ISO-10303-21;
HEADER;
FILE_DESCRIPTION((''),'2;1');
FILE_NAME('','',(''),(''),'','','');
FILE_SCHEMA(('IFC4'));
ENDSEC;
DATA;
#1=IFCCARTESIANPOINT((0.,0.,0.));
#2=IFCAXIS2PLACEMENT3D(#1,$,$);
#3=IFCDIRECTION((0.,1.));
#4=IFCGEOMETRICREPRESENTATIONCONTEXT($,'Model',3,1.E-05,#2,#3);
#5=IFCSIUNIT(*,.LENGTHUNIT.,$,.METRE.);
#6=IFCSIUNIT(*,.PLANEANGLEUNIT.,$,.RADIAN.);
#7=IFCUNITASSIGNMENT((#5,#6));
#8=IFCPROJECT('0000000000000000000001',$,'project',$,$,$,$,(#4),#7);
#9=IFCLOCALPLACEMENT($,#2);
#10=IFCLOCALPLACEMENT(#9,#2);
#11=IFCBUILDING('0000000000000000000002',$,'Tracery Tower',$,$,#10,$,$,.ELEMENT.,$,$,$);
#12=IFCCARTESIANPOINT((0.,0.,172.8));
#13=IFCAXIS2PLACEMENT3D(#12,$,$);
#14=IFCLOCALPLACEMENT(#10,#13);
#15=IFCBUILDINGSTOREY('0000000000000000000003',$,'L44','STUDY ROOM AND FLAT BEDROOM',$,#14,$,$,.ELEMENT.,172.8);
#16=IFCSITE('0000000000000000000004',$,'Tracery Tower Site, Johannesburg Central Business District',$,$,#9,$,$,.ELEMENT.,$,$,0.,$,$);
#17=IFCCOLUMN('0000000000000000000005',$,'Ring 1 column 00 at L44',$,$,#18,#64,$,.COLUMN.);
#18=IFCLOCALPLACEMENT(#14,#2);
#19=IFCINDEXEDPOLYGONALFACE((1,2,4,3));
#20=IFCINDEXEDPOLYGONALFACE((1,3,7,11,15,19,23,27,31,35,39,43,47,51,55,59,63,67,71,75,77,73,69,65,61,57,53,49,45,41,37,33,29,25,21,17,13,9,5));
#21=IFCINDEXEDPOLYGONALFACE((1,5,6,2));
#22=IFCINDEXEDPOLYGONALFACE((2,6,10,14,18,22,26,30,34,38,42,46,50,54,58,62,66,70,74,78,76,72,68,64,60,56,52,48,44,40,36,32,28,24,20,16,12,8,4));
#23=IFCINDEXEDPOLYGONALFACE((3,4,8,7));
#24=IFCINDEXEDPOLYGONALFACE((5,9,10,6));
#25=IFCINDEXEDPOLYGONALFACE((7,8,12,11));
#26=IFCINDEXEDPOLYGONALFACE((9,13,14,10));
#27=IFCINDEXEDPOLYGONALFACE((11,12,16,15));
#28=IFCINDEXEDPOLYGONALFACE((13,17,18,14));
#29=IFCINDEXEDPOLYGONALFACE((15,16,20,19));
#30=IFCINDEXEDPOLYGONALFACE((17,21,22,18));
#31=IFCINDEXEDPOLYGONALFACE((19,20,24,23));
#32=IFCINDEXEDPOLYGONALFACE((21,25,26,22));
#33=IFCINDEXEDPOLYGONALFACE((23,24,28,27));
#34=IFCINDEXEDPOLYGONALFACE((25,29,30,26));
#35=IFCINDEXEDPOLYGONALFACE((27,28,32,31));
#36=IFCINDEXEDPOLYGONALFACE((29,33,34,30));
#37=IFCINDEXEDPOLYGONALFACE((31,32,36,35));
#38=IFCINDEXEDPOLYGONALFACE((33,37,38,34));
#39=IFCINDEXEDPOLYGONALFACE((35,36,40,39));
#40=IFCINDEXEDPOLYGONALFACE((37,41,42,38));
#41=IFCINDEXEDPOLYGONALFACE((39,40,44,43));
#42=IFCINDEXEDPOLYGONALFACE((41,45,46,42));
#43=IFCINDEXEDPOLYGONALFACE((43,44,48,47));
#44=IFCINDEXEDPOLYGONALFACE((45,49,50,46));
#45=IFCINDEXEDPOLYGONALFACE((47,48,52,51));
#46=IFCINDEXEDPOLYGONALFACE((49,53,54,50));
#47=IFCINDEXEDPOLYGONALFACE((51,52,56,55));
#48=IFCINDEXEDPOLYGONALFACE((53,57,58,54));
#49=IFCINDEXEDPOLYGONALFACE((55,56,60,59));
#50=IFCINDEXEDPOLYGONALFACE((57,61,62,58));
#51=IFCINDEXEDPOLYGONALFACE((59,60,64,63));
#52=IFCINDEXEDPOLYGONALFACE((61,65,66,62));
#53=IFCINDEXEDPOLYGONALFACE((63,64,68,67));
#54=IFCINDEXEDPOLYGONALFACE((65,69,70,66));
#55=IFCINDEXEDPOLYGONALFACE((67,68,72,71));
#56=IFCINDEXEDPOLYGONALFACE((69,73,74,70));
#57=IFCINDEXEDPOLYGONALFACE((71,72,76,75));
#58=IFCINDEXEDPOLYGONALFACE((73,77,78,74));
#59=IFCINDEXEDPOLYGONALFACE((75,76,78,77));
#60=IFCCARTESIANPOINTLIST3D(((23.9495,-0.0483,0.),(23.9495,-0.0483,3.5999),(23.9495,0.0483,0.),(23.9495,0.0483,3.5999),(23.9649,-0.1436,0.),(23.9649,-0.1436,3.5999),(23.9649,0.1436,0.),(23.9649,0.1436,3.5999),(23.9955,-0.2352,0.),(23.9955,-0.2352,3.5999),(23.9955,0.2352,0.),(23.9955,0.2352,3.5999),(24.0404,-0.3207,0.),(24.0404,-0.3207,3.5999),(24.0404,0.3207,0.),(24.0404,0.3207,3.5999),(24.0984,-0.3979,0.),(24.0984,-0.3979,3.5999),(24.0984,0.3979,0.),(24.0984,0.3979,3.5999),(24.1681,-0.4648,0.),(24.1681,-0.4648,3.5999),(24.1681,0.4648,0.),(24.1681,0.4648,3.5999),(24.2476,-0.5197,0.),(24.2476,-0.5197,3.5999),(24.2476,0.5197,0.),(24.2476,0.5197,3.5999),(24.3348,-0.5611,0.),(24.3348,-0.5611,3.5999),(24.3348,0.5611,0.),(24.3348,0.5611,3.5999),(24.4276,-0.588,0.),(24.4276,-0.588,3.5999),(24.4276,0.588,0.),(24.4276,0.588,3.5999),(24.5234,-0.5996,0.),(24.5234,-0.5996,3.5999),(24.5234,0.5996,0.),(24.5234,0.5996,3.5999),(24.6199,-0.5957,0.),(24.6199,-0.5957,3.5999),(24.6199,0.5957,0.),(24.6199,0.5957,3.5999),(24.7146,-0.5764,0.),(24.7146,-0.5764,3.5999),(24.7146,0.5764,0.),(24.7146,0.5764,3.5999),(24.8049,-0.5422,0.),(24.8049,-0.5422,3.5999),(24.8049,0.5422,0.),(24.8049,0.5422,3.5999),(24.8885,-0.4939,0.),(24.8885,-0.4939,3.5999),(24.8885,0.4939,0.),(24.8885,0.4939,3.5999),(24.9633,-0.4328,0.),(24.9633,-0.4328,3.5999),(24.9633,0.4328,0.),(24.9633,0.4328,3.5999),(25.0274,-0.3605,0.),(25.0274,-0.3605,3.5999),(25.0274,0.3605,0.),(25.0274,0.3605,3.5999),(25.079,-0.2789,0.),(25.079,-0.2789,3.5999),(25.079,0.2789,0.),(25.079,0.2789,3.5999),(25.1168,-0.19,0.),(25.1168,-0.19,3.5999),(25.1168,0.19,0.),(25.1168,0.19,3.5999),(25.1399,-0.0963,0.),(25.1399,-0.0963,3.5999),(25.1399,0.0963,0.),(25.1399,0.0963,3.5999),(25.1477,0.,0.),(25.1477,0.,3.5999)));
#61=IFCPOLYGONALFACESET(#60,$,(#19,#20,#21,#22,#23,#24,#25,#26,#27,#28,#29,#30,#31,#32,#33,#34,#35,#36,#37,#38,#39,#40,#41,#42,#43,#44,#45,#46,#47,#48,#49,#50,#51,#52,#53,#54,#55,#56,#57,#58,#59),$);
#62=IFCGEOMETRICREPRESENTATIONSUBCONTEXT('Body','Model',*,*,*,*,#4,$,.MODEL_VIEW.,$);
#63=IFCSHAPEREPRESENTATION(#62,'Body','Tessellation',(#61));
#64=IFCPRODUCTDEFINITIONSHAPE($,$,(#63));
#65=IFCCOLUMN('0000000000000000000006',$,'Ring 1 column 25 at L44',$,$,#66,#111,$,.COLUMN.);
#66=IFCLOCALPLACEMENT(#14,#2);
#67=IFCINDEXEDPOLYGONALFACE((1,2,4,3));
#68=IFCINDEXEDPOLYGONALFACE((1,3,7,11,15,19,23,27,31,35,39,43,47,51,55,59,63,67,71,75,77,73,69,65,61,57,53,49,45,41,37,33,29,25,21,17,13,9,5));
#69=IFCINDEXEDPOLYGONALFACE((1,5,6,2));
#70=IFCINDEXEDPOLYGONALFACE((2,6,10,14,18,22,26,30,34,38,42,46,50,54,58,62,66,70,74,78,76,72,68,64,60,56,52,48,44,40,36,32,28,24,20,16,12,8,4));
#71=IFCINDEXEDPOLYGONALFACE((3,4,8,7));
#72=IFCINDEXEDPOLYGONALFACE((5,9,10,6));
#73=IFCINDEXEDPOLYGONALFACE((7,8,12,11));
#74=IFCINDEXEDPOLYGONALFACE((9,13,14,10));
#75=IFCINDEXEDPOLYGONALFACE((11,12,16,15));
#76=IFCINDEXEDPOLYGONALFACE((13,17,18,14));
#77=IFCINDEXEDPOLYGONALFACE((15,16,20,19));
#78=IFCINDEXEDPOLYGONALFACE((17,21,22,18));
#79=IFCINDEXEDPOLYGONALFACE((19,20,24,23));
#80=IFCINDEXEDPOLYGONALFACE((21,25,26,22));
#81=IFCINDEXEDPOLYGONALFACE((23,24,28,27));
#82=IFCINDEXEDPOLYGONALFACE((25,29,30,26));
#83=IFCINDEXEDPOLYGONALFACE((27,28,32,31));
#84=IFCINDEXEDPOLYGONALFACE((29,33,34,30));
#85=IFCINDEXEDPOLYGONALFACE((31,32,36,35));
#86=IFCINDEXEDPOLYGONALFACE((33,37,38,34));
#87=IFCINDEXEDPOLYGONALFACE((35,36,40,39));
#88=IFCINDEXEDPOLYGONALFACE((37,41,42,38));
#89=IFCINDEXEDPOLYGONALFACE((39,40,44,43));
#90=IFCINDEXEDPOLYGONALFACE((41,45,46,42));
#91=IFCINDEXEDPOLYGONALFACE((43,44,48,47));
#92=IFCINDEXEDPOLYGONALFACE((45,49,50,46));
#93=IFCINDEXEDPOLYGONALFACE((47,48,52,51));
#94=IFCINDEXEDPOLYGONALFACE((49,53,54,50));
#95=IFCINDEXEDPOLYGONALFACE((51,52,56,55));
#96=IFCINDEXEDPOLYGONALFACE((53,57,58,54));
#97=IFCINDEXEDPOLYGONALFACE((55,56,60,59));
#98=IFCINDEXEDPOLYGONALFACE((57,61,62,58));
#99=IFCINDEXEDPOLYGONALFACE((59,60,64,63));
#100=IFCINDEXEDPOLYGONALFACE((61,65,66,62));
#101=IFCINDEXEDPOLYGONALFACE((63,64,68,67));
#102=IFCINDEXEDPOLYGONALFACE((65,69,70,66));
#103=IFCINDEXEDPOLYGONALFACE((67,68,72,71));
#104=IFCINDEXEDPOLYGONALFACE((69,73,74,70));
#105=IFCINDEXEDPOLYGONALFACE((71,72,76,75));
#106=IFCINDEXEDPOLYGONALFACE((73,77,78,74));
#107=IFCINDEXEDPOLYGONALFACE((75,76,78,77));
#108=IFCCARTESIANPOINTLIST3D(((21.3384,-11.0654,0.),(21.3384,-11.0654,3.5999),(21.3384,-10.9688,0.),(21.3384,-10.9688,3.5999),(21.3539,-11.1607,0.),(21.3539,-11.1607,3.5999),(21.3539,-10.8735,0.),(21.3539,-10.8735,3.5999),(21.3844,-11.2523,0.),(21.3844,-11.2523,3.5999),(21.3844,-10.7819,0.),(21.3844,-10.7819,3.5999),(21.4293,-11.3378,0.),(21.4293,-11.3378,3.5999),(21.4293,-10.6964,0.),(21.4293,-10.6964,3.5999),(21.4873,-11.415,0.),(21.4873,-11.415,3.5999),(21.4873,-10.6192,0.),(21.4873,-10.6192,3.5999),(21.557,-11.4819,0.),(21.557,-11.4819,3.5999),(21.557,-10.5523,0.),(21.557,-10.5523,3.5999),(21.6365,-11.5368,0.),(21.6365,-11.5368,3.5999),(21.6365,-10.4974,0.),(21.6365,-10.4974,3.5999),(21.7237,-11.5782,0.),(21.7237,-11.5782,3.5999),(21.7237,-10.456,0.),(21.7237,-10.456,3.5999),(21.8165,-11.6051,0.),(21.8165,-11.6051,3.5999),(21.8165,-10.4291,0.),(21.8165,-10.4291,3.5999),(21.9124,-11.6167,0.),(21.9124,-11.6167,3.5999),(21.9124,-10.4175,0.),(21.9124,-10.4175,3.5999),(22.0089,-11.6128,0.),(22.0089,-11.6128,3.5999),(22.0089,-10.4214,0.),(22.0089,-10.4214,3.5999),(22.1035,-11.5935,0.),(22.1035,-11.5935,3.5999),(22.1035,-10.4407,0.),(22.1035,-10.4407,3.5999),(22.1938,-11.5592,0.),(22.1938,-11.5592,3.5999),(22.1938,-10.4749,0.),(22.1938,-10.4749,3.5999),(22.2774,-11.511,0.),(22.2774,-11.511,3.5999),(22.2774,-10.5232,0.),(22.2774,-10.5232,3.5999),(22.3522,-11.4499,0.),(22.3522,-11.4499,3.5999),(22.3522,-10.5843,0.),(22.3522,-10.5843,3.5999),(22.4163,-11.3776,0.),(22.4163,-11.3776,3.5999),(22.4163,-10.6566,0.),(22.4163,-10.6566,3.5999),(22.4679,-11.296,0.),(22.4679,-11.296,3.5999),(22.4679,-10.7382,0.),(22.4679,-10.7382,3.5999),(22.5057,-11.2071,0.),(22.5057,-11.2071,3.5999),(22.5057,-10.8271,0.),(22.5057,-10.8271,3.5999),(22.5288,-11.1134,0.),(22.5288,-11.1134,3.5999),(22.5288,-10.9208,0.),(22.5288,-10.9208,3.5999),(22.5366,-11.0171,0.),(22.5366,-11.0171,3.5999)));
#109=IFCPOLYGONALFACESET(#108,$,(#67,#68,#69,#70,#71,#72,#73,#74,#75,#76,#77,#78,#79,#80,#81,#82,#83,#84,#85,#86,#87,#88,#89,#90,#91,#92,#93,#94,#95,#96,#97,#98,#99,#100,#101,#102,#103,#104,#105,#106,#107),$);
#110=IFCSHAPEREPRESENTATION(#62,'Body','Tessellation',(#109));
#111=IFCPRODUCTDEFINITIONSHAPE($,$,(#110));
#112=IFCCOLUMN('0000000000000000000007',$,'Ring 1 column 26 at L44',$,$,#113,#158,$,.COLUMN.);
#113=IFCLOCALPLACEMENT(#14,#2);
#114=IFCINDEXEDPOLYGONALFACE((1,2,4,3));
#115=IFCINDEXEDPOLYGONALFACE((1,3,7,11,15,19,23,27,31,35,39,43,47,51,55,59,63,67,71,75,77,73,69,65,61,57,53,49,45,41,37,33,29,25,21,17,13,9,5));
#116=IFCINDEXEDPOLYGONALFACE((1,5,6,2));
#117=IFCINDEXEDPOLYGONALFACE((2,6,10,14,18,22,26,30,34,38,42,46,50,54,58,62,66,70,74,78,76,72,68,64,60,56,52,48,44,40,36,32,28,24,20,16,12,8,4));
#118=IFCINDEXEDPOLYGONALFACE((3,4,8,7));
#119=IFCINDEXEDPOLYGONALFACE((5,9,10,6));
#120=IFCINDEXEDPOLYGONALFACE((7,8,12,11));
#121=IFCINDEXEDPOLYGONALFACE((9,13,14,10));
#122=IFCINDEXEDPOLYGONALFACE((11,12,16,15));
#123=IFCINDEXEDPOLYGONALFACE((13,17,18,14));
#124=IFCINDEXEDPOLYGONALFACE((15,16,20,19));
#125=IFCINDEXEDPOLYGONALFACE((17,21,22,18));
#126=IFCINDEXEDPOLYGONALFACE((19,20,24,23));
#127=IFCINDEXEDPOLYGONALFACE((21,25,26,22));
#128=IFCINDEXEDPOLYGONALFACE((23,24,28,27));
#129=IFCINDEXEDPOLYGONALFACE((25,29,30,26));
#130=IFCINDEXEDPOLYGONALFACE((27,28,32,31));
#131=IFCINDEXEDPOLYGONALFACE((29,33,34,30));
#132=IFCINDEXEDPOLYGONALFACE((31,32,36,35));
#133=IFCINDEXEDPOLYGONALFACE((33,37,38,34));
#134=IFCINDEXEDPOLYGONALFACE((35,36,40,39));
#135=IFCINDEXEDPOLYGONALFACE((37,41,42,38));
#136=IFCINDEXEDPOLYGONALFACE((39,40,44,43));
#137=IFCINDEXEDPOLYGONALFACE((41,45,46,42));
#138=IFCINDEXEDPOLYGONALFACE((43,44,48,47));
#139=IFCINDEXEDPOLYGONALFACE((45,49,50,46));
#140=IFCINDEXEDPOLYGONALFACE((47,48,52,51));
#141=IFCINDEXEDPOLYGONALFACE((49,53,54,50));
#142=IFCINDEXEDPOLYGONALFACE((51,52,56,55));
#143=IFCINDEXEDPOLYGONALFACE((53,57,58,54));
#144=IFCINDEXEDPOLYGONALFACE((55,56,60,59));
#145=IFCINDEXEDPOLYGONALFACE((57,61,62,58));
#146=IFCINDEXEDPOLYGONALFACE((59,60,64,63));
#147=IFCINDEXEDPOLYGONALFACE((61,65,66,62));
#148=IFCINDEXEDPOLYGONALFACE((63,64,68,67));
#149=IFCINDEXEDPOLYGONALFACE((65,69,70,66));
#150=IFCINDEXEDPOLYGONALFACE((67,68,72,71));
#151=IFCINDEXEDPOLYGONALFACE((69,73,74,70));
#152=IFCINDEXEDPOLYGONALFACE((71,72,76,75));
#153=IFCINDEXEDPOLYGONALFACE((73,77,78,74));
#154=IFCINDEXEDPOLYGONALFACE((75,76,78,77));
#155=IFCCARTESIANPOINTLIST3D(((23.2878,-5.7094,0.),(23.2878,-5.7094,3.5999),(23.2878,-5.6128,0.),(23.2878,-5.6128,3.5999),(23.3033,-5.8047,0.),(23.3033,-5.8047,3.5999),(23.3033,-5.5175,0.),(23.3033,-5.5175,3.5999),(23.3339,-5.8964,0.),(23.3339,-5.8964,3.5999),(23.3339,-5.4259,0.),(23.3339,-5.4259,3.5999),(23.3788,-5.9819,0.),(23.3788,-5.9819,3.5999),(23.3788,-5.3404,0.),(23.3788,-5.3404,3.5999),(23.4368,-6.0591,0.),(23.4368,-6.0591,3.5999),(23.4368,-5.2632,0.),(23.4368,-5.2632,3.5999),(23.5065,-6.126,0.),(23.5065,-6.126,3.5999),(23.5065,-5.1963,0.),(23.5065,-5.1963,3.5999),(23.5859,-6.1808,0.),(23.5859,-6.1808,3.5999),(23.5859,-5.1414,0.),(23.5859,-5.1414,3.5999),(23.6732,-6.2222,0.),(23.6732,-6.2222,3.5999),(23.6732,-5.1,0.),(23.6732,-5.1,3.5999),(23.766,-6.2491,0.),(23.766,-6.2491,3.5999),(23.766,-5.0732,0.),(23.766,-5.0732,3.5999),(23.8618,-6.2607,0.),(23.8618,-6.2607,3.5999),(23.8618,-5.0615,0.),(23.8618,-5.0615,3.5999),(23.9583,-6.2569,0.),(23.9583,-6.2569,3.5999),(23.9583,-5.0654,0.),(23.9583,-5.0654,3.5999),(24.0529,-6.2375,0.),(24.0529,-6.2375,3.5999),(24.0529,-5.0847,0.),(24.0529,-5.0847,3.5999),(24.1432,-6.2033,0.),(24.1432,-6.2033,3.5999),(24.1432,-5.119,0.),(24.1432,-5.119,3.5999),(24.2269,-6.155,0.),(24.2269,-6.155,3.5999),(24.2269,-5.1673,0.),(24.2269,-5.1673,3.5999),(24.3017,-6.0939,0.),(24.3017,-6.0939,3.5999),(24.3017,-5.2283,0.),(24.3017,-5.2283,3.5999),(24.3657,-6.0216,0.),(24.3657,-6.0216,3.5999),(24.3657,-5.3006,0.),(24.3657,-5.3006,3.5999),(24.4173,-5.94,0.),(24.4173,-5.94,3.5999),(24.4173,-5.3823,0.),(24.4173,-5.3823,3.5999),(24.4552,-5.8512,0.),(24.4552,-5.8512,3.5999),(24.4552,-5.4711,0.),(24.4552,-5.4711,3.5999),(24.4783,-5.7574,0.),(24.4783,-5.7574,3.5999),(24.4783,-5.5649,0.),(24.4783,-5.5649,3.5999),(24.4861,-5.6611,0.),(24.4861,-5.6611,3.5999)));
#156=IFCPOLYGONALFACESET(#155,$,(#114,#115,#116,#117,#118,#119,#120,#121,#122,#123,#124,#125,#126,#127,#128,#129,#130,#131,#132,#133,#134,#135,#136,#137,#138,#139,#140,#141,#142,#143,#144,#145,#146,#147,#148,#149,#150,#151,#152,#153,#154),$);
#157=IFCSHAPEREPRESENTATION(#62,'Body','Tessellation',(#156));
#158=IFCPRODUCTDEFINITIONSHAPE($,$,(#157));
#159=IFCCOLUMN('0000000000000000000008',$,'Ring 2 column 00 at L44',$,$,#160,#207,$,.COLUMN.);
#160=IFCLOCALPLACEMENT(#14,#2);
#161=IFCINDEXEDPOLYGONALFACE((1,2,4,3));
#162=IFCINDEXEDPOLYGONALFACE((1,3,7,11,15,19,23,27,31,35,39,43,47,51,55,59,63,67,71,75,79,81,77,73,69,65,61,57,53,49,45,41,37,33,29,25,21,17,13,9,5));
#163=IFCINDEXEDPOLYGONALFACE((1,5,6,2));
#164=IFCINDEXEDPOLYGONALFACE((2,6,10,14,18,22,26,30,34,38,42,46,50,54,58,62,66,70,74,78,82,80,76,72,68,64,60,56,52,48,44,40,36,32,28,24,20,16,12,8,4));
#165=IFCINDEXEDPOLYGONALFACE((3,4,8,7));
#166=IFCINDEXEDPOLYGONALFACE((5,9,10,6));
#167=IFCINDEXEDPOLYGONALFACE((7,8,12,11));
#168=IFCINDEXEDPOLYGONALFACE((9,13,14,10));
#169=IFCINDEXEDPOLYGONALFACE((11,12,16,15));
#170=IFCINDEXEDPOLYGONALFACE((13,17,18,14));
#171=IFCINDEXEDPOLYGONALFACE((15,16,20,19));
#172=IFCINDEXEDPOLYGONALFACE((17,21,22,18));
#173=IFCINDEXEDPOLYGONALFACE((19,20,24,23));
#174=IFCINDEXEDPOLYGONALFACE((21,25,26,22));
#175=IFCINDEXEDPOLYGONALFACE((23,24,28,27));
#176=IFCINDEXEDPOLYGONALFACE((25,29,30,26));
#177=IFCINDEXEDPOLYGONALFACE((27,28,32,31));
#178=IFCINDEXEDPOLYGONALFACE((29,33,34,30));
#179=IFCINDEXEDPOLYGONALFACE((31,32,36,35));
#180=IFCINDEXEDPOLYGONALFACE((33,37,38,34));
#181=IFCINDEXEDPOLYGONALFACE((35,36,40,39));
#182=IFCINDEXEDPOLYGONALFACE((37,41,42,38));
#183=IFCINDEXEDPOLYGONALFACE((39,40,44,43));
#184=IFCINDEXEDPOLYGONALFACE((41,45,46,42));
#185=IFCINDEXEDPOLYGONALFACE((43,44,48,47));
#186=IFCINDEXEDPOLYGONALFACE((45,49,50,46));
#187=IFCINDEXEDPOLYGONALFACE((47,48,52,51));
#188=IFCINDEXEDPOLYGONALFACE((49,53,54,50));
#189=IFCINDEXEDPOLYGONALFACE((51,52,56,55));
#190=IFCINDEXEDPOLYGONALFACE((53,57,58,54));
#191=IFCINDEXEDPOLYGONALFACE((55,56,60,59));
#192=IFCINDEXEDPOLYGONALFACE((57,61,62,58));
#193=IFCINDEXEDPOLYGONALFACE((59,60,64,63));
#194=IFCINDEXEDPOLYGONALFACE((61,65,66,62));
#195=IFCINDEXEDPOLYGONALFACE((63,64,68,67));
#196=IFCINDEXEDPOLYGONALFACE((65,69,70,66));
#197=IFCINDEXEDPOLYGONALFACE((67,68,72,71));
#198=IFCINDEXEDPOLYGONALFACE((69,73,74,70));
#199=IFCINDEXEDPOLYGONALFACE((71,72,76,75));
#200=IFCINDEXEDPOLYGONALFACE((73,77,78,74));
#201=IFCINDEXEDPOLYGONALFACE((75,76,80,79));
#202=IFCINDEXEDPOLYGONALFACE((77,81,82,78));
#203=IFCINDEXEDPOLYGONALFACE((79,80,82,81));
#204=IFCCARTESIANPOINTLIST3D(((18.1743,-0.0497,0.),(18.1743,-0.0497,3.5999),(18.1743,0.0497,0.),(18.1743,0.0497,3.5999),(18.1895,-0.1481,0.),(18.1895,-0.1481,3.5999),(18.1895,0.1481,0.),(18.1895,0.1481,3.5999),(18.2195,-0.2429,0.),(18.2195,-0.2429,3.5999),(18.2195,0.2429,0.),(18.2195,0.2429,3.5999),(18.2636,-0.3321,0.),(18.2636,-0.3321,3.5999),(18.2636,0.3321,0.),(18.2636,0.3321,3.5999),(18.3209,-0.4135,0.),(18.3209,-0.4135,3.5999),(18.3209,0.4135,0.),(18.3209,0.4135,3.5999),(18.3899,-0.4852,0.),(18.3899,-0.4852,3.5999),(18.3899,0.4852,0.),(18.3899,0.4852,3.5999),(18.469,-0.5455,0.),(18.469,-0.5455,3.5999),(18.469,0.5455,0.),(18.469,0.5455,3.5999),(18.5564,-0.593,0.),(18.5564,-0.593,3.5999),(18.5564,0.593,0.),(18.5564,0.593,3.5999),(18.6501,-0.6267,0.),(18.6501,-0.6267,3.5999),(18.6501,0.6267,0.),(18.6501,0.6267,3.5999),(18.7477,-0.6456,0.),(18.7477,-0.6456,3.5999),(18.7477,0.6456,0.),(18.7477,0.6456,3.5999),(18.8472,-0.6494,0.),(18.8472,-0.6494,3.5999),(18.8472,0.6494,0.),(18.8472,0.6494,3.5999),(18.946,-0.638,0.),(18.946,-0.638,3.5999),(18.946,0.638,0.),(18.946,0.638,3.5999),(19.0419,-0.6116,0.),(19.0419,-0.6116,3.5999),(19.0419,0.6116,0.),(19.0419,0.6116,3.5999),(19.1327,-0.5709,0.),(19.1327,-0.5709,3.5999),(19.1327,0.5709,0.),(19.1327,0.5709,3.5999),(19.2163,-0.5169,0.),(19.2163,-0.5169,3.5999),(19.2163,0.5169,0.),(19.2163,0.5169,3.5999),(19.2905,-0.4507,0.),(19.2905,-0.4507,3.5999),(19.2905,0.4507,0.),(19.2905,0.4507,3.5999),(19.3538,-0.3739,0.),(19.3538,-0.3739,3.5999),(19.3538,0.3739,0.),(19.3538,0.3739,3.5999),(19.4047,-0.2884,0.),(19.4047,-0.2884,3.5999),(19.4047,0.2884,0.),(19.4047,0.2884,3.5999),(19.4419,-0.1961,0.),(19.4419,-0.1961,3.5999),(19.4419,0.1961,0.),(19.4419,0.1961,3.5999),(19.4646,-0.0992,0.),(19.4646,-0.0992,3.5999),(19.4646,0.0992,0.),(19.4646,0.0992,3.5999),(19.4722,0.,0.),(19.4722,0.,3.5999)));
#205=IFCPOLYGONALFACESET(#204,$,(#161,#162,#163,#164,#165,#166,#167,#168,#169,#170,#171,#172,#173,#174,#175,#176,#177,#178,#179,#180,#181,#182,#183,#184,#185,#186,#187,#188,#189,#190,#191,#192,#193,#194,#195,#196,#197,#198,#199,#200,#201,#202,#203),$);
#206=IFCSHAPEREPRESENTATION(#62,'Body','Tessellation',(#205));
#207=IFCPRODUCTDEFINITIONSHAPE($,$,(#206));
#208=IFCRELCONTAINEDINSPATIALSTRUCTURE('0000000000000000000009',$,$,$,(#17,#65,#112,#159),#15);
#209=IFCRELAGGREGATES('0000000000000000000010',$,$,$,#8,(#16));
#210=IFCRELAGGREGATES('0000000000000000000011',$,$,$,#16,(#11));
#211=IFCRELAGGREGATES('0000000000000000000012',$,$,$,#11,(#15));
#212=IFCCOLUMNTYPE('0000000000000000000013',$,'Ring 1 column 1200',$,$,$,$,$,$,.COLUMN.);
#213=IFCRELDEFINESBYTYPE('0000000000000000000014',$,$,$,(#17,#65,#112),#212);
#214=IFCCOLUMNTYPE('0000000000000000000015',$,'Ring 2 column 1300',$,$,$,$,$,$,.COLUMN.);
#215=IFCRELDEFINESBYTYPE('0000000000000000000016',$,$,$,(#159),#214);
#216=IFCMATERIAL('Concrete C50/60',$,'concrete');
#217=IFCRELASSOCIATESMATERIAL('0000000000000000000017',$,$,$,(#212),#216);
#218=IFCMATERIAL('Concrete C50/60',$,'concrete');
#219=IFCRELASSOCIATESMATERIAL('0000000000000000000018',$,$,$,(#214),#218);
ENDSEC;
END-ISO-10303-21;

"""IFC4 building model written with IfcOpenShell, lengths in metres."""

from ifc_helpers import new_model, si_unit, direction, frame, origin, origin_2d, place, context, subcontext, project, spatial, circle, extrude, material, material_profile, profile_set, type_object, element, save


model = new_model("IFC4")

# Units and contexts
model_context = context("Model", 3, precision=1e-05, world=origin(), true_north=direction((0.0, 1.0)))
body_context = subcontext(model_context, "Body", "Model", "MODEL_VIEW")
ifc_project = project(units=[si_unit("LENGTHUNIT", "METRE"), si_unit("PLANEANGLEUNIT", "RADIAN")], contexts=[model_context])

# Site, building, storey
site_placement = place(None, origin())
site = spatial("IfcSite", under=ifc_project, at=site_placement, Name="Tracery Tower Site, Johannesburg Central Business District", CompositionType="ELEMENT", RefElevation=0.0)
building_placement = place(site_placement, origin())
building = spatial("IfcBuilding", under=site, at=building_placement, Name="Tracery Tower", CompositionType="ELEMENT")
storey_placement = place(building_placement, frame((0.0, 0.0, 172.8)))
storey = spatial("IfcBuildingStorey", under=building, at=storey_placement, Name="L44", Description="STUDY ROOM AND FLAT BEDROOM", CompositionType="ELEMENT", Elevation=172.8)

# Columns
ifc_material_1 = material(Name="Concrete C50/60", Category="concrete")
ifc_material_profile_1 = material_profile(ifc_material_1, circle(Radius=0.6001, at=origin_2d()), Name="RC D1200")
ifc_profile_set_1 = profile_set([ifc_material_profile_1], Name="Concrete C50/60")
column_type_1 = type_object("IfcColumnType", Name="Ring 1 column 1200", PredefinedType="COLUMN", material=ifc_profile_set_1)
for number, where, z_axis, x_axis, name in (
    (1, (24.5476, 0.0, 0.0), (0.0, 0.0, 1.0), (1.0, 0.0, 0.0), "Ring 1 column 00 at L44"),
    (2, (21.9365, -11.0171, 0.0), (0.0, 0.0, 1.0), (1.0, 0.0, 0.0), "Ring 1 column 25 at L44"),
    (3, (23.886, -5.6611, 0.0), (0.0, 0.0, 1.0), (1.0, 0.0, 0.0), "Ring 1 column 26 at L44"),
):
    element("IfcColumn", number, at=place(storey_placement, frame(where, z_axis=z_axis, x_axis=x_axis)), inside=storey, type_object=column_type_1, Name=name, PredefinedType="COLUMN", context=body_context, shape_type="SweptSolid", body=[
        extrude(circle(Radius=0.6001, at=origin_2d()), origin(), (0.0, 0.0, 1.0), 3.5999),
    ])
ifc_material_2 = material(Name="Concrete C50/60", Category="concrete")
ifc_material_profile_2 = material_profile(ifc_material_2, circle(Radius=0.6499, at=origin_2d()), Name="RC D1300")
ifc_profile_set_2 = profile_set([ifc_material_profile_2], Name="Concrete C50/60")
column_type_2 = type_object("IfcColumnType", Name="Ring 2 column 1300", PredefinedType="COLUMN", material=ifc_profile_set_2)
for number, where, z_axis, x_axis, name in (
    (4, (18.8223, 0.0, 0.0), (0.0, 0.0, 1.0), (1.0, 0.0, 0.0), "Ring 2 column 00 at L44"),
):
    element("IfcColumn", number, at=place(storey_placement, frame(where, z_axis=z_axis, x_axis=x_axis)), inside=storey, type_object=column_type_2, Name=name, PredefinedType="COLUMN", context=body_context, shape_type="SweptSolid", body=[
        extrude(circle(Radius=0.6499, at=origin_2d()), origin(), (0.0, 0.0, 1.0), 3.5999),
    ])

save(model, "model.ifc")
